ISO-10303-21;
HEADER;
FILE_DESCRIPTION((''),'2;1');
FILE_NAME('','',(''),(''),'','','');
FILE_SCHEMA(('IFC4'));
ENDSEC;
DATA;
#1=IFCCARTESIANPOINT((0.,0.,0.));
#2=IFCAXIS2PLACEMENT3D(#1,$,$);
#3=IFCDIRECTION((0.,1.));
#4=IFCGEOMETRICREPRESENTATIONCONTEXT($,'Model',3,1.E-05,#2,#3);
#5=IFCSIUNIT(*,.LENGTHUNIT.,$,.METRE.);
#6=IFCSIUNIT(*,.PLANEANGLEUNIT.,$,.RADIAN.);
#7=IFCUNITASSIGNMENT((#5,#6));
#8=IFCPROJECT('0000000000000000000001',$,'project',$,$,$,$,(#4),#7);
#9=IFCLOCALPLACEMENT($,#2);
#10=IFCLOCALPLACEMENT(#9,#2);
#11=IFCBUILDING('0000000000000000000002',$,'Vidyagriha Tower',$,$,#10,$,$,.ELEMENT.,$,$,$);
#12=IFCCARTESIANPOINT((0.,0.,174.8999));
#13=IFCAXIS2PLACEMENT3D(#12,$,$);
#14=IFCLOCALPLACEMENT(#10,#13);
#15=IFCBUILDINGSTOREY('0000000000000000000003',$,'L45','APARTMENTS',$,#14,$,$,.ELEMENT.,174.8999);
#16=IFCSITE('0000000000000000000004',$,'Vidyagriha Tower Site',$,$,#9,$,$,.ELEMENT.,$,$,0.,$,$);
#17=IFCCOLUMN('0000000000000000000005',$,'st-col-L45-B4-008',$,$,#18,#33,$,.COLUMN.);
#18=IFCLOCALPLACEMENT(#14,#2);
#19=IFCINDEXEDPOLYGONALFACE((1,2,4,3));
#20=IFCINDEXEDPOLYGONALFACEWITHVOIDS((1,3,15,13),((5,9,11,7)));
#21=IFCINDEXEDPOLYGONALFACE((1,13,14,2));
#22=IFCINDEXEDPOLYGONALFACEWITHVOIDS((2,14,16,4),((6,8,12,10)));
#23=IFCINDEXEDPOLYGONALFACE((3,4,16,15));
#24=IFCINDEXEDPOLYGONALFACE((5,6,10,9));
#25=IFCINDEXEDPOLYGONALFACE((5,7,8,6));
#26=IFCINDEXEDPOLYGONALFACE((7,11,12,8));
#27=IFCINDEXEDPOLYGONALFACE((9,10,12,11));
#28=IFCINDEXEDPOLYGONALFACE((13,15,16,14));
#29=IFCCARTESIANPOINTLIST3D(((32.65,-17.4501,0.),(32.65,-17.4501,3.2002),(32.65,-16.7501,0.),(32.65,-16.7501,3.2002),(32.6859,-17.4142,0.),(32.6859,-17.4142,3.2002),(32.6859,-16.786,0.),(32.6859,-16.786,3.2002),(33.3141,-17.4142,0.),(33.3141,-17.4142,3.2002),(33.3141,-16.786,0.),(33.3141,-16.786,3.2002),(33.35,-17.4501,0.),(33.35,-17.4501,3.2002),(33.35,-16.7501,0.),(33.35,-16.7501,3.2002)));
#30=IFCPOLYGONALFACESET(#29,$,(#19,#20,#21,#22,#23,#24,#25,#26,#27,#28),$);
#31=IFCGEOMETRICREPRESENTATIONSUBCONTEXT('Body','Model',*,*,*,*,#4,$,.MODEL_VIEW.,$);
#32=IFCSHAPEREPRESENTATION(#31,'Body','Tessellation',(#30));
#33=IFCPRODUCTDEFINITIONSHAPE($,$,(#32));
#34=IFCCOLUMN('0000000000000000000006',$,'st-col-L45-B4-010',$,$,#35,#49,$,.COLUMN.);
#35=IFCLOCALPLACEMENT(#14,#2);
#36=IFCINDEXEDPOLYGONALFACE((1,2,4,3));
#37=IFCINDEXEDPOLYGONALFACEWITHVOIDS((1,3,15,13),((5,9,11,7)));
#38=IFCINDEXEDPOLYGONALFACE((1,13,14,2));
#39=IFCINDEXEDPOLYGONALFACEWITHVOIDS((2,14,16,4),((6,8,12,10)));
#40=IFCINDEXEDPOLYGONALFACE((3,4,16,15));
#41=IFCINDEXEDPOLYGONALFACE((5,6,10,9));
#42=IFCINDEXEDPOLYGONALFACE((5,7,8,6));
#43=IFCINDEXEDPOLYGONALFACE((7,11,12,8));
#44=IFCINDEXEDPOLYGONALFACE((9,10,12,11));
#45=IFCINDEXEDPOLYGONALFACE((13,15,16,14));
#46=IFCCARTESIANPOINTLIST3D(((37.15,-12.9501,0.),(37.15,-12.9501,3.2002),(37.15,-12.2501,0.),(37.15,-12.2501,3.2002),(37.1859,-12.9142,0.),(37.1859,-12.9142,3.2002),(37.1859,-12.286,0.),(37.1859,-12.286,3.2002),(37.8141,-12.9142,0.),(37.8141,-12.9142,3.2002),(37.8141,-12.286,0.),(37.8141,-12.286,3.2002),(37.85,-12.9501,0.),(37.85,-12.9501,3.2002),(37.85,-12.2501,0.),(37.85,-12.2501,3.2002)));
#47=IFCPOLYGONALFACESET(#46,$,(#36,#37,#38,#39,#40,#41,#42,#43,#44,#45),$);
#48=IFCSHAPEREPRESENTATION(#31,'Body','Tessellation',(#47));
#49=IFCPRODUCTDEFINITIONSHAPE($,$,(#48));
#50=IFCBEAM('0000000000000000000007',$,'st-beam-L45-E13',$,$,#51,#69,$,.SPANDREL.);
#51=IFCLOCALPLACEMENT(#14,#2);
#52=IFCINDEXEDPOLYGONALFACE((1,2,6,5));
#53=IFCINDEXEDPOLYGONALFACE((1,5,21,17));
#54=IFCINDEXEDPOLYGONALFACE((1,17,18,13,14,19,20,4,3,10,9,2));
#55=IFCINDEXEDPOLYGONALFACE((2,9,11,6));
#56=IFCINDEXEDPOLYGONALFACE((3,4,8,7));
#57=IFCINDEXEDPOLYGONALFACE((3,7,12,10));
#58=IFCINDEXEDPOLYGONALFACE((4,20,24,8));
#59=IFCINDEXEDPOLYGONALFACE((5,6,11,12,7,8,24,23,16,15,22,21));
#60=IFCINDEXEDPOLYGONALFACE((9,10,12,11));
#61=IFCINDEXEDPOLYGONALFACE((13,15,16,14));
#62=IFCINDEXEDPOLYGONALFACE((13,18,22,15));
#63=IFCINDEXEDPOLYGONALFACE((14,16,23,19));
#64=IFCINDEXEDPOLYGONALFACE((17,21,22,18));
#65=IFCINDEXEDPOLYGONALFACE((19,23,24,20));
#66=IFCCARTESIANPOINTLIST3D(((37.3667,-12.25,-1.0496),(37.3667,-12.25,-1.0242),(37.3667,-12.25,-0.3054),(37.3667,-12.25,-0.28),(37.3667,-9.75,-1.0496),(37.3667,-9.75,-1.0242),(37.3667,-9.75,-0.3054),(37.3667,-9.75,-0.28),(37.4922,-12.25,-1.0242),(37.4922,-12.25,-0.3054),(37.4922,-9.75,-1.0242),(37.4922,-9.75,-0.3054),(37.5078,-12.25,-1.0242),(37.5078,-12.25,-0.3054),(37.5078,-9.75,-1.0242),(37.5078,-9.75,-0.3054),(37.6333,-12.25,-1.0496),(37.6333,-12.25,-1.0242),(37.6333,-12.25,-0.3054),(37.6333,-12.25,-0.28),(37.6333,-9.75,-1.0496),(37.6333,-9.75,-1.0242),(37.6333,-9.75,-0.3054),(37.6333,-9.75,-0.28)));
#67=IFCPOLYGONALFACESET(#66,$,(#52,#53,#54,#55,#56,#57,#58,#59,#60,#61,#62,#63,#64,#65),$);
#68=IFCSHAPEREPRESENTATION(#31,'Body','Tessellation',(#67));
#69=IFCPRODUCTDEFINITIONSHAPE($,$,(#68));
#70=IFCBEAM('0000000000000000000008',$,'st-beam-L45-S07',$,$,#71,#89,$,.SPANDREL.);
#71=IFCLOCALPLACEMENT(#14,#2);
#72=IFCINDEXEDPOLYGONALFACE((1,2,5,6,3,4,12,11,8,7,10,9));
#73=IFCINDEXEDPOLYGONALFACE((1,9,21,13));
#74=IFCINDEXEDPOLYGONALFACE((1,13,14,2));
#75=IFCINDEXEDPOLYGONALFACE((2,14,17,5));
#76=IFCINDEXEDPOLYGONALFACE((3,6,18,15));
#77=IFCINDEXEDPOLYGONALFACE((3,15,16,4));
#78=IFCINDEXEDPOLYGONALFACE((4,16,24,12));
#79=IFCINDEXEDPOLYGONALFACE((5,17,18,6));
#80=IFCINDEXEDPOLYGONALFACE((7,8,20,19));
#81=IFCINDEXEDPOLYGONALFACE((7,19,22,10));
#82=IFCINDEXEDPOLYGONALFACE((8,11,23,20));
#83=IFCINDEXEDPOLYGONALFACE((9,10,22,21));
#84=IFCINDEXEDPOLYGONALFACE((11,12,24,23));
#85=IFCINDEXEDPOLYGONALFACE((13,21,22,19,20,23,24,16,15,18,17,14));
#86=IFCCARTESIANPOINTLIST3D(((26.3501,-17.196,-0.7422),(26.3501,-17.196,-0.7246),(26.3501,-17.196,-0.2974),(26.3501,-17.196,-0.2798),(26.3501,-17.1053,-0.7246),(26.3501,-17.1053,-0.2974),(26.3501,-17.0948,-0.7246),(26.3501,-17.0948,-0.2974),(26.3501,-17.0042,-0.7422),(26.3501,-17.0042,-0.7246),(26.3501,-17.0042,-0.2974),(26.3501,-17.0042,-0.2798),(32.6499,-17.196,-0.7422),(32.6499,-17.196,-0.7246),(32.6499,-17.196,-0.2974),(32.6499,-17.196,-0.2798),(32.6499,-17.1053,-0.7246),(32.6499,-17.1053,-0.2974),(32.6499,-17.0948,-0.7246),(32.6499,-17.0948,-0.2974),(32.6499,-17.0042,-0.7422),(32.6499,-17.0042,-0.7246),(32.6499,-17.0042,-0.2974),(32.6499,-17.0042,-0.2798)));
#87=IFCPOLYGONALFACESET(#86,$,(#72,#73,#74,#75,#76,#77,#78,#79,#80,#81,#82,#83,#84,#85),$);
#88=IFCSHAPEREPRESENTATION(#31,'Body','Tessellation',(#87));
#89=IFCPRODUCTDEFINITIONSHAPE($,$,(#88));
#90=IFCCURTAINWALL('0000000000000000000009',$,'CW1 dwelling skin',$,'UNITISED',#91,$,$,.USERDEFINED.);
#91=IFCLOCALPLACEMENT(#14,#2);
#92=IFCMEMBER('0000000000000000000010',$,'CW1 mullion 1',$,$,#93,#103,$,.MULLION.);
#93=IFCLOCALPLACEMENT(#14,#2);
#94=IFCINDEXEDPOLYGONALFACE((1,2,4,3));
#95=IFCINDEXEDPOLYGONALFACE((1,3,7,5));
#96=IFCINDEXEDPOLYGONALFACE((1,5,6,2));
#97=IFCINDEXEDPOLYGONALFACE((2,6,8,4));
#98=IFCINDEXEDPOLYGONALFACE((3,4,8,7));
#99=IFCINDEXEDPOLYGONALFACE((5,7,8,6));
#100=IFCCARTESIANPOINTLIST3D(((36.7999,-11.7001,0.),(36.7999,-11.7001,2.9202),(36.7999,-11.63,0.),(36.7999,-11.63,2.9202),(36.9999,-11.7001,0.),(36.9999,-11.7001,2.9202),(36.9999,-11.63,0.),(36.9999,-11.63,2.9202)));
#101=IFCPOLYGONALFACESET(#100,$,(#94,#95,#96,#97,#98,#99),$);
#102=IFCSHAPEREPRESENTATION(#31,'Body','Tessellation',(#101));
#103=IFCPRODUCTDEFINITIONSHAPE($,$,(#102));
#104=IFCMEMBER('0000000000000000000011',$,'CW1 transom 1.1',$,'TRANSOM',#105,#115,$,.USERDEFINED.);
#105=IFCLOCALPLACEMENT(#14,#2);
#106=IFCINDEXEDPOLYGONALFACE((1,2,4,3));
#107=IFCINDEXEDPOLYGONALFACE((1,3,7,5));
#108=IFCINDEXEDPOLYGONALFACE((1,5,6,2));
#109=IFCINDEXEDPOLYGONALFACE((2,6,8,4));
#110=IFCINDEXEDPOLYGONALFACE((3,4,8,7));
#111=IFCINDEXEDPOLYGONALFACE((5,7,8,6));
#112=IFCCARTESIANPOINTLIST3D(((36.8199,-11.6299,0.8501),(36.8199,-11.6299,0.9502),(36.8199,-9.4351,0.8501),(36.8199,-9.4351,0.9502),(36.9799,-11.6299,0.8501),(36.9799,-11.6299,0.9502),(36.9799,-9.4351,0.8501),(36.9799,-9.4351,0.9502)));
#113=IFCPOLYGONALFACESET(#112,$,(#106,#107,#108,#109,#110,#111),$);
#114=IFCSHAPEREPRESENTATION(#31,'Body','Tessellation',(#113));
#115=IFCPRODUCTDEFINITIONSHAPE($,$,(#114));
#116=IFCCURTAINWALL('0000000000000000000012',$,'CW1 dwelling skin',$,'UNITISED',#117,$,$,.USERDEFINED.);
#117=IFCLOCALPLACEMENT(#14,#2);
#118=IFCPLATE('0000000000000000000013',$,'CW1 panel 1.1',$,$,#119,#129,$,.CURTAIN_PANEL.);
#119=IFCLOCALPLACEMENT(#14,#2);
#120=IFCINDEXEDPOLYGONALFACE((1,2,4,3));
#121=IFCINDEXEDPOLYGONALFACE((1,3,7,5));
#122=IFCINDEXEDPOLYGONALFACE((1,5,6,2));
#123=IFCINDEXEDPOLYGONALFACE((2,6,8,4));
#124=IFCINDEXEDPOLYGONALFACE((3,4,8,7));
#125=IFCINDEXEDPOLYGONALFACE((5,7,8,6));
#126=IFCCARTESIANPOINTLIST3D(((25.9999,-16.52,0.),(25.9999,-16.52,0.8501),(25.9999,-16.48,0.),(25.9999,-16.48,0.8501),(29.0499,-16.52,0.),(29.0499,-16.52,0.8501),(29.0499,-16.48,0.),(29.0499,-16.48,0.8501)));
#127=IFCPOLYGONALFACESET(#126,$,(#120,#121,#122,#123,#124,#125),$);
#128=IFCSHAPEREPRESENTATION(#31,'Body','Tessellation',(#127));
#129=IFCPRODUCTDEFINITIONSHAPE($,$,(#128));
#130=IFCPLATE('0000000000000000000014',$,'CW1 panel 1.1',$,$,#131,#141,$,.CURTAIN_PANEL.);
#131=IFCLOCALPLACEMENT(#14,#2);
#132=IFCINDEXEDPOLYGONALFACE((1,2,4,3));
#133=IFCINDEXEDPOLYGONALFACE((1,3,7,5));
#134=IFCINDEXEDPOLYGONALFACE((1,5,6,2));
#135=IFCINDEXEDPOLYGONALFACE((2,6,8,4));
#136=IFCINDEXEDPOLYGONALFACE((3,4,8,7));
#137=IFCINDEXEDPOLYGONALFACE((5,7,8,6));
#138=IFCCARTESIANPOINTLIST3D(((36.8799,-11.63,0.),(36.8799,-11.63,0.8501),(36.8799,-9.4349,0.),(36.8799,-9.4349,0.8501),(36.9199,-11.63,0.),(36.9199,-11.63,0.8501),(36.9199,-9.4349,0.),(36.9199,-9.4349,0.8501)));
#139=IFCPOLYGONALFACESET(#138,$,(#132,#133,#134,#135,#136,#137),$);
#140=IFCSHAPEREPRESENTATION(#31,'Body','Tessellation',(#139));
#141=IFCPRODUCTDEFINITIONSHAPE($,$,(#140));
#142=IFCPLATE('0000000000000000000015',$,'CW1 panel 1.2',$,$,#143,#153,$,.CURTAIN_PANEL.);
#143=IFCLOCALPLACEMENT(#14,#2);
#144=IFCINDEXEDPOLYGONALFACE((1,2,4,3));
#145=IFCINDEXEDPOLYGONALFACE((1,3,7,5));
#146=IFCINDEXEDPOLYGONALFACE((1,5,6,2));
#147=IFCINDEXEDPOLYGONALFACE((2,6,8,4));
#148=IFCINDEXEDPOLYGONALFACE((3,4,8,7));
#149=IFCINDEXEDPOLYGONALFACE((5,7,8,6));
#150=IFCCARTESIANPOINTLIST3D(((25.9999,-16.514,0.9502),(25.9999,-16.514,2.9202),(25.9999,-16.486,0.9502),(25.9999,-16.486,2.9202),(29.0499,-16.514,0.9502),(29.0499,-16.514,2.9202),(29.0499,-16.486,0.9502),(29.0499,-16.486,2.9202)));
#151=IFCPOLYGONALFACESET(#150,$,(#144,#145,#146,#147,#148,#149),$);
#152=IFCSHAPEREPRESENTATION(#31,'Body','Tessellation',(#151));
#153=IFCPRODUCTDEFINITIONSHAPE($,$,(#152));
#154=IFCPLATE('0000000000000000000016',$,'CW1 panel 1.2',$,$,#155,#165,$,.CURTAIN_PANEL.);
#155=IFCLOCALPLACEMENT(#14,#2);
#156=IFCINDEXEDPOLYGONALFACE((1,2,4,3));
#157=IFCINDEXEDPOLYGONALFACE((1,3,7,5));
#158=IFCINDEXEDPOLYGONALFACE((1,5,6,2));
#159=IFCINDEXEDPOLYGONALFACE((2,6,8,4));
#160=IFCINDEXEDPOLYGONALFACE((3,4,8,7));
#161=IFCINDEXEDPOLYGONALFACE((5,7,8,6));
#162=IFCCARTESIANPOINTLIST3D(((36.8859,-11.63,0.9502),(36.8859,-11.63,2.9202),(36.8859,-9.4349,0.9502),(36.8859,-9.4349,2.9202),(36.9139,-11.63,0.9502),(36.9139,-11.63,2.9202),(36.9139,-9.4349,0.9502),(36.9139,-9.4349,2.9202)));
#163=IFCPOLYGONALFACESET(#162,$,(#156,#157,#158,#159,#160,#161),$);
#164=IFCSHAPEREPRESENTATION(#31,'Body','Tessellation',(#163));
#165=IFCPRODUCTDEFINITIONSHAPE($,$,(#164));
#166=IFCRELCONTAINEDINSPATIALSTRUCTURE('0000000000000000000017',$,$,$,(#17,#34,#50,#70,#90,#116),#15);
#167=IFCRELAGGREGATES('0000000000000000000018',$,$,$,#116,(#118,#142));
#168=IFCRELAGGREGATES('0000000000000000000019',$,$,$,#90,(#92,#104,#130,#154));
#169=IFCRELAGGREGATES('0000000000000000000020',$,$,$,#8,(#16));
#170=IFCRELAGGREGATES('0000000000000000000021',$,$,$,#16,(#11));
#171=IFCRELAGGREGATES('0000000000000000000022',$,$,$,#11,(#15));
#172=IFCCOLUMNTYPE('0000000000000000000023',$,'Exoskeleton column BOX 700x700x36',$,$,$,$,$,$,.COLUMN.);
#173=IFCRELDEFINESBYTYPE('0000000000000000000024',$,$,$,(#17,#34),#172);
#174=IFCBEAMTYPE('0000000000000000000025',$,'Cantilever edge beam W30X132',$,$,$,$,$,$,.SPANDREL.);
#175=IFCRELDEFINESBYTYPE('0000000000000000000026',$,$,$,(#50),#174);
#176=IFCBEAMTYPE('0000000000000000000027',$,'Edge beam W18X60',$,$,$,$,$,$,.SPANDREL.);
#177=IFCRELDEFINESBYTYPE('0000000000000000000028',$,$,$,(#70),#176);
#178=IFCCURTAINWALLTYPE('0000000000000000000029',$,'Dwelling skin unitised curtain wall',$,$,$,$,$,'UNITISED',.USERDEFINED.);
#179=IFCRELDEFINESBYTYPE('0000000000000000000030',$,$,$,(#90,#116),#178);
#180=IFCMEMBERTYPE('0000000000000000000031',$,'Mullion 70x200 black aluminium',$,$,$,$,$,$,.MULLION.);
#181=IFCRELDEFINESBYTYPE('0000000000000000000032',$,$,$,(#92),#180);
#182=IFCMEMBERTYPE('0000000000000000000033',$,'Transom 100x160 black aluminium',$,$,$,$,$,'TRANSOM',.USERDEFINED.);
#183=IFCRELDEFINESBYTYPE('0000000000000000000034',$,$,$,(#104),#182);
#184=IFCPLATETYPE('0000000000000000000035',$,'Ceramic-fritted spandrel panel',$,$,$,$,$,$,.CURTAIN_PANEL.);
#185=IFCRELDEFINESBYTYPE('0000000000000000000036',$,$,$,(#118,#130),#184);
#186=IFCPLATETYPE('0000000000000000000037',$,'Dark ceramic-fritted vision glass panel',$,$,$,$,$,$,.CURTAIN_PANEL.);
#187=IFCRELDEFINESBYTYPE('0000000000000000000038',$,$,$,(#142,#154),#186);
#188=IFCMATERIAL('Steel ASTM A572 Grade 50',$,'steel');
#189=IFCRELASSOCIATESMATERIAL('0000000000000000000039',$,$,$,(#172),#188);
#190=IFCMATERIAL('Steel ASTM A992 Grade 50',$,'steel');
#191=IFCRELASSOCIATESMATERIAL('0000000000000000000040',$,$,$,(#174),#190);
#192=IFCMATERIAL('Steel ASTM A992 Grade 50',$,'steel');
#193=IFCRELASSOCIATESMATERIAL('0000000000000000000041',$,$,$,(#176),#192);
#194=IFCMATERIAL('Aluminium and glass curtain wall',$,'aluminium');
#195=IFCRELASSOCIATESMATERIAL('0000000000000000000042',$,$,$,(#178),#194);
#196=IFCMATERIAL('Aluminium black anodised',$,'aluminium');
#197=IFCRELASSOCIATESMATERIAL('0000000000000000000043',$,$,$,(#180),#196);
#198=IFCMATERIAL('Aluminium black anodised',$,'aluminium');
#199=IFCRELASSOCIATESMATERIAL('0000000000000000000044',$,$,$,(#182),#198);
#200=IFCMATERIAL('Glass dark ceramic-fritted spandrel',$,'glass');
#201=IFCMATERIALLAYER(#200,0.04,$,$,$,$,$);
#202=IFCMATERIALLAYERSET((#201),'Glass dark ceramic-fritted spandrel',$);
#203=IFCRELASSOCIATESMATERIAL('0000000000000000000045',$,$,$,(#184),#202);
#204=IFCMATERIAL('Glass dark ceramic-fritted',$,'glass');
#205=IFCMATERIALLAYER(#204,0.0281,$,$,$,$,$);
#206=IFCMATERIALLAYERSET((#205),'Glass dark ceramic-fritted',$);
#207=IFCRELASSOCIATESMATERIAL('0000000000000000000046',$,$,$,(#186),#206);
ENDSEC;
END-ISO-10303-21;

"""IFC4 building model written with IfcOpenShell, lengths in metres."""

from ifc_helpers import new_model, si_unit, direction, frame, origin, origin_2d, place, context, subcontext, project, spatial, rectangle, hollow_rectangle, i_section, extrude, material, layer, layer_set, material_profile, profile_set, type_object, element, aggregate, save


model = new_model("IFC4")

# Units and contexts
model_context = context("Model", 3, precision=1e-05, world=origin(), true_north=direction((0.0, 1.0)))
body_context = subcontext(model_context, "Body", "Model", "MODEL_VIEW")
ifc_project = project(units=[si_unit("LENGTHUNIT", "METRE"), si_unit("PLANEANGLEUNIT", "RADIAN")], contexts=[model_context])

# Site, building, storey
site_placement = place(None, origin())
site = spatial("IfcSite", under=ifc_project, at=site_placement, Name="Vidyagriha Tower Site", CompositionType="ELEMENT", RefElevation=0.0)
building_placement = place(site_placement, origin())
building = spatial("IfcBuilding", under=site, at=building_placement, Name="Vidyagriha Tower", CompositionType="ELEMENT")
storey_placement = place(building_placement, frame((0.0, 0.0, 174.8999)))
storey = spatial("IfcBuildingStorey", under=building, at=storey_placement, Name="L45", Description="APARTMENTS", CompositionType="ELEMENT", Elevation=174.8999)

# Columns
ifc_material_1 = material(Name="Steel ASTM A572 Grade 50", Category="steel")
ifc_material_profile_1 = material_profile(ifc_material_1, hollow_rectangle(XDim=0.7, YDim=0.7, WallThickness=0.0359, at=origin_2d()), Name="BOX 700x700x36")
ifc_profile_set_1 = profile_set([ifc_material_profile_1], Name="Steel ASTM A572 Grade 50")
column_type = type_object("IfcColumnType", Name="Exoskeleton column BOX 700x700x36", PredefinedType="COLUMN", material=ifc_profile_set_1)
for number, where, name in (
    (1, (33.0, -17.1001, 0.0), "st-col-L45-B4-008"),
    (2, (37.5, -12.6001, 0.0), "st-col-L45-B4-010"),
):
    element("IfcColumn", number, at=place(storey_placement, frame(where)), inside=storey, type_object=column_type, Name=name, PredefinedType="COLUMN", context=body_context, shape_type="SweptSolid", body=[
        extrude(hollow_rectangle(XDim=0.7, YDim=0.7, WallThickness=0.0359, at=origin_2d()), origin(), (0.0, 0.0, 1.0), 3.2002),
    ])

# Beams
ifc_material_2 = material(Name="Steel ASTM A992 Grade 50", Category="steel")
ifc_material_profile_2 = material_profile(ifc_material_2, i_section(OverallWidth=0.2666, OverallDepth=0.7695, WebThickness=0.0156, FlangeThickness=0.0254, at=origin_2d()), Name="W30X132")
ifc_profile_set_2 = profile_set([ifc_material_profile_2], Name="Steel ASTM A992 Grade 50")
beam_type_1 = type_object("IfcBeamType", Name="Cantilever edge beam W30X132", PredefinedType="SPANDREL", material=ifc_profile_set_2)
beam_1_placement = place(storey_placement, frame((37.5, -12.25, -0.6648), z_axis=(0.0, 1.0, 0.0), x_axis=(-1.0, 0.0, 0.0)))
element("IfcBeam", 3, at=beam_1_placement, inside=storey, type_object=beam_type_1, Name="st-beam-L45-E13", PredefinedType="SPANDREL", context=body_context, shape_type="SweptSolid", body=[
    extrude(i_section(OverallWidth=0.2666, OverallDepth=0.7695, WebThickness=0.0156, FlangeThickness=0.0254, at=origin_2d()), origin(), (0.0, 0.0, 1.0), 2.5),
])
ifc_material_3 = material(Name="Steel ASTM A992 Grade 50", Category="steel")
ifc_material_profile_3 = material_profile(ifc_material_3, i_section(OverallWidth=0.1919, OverallDepth=0.4624, WebThickness=0.0105, FlangeThickness=0.0176, at=origin_2d()), Name="W18X60")
ifc_profile_set_3 = profile_set([ifc_material_profile_3], Name="Steel ASTM A992 Grade 50")
beam_type_2 = type_object("IfcBeamType", Name="Edge beam W18X60", PredefinedType="SPANDREL", material=ifc_profile_set_3)
beam_2_placement = place(storey_placement, frame((26.3501, -17.1001, -0.511), z_axis=(1.0, 0.0, 0.0), x_axis=(0.0, 1.0, 0.0)))
element("IfcBeam", 4, at=beam_2_placement, inside=storey, type_object=beam_type_2, Name="st-beam-L45-S07", PredefinedType="SPANDREL", context=body_context, shape_type="SweptSolid", body=[
    extrude(i_section(OverallWidth=0.1919, OverallDepth=0.4624, WebThickness=0.0105, FlangeThickness=0.0176, at=origin_2d()), origin(), (0.0, 0.0, 1.0), 6.2998),
])

# Curtain wall, members
ifc_material_4 = material(Name="Aluminium and glass curtain wall", Category="aluminium")
curtain_wall_type = type_object("IfcCurtainWallType", Name="Dwelling skin unitised curtain wall", ElementType="UNITISED", PredefinedType="USERDEFINED", material=ifc_material_4)
curtain_wall_1_placement = place(storey_placement, origin())
curtain_wall_1 = element("IfcCurtainWall", 5, at=curtain_wall_1_placement, inside=storey, type_object=curtain_wall_type, Name="CW1 dwelling skin", ObjectType="UNITISED", PredefinedType="USERDEFINED")
ifc_material_5 = material(Name="Aluminium black anodised", Category="aluminium")
ifc_material_profile_4 = material_profile(ifc_material_5, rectangle(XDim=0.2, YDim=0.0701, at=origin_2d()), Name="Mullion 70x200 black aluminium")
ifc_profile_set_4 = profile_set([ifc_material_profile_4], Name="Aluminium black anodised")
member_type_1 = type_object("IfcMemberType", Name="Mullion 70x200 black aluminium", PredefinedType="MULLION", material=ifc_profile_set_4)
member_1_placement = place(storey_placement, frame((36.8999, -11.665, 0.0), z_axis=(0.0, 0.0, 1.0), x_axis=(-1.0, 0.0, 0.0)))
member_1 = element("IfcMember", 6, at=member_1_placement, type_object=member_type_1, Name="CW1 mullion 1", PredefinedType="MULLION", context=body_context, shape_type="SweptSolid", body=[
    extrude(rectangle(XDim=0.2, YDim=0.0701, at=origin_2d()), origin(), (0.0, 0.0, 1.0), 2.9202),
])
ifc_material_6 = material(Name="Aluminium black anodised", Category="aluminium")
ifc_material_profile_5 = material_profile(ifc_material_6, rectangle(XDim=0.1599, YDim=0.1001, at=origin_2d()), Name="Transom 100x160 black aluminium")
ifc_profile_set_5 = profile_set([ifc_material_profile_5], Name="Aluminium black anodised")
member_type_2 = type_object("IfcMemberType", Name="Transom 100x160 black aluminium", ElementType="TRANSOM", PredefinedType="USERDEFINED", material=ifc_profile_set_5)
member_2_placement = place(storey_placement, frame((36.8999, -11.6299, 0.9001), z_axis=(0.0, 1.0, 0.0), x_axis=(-1.0, 0.0, 0.0)))
member_2 = element("IfcMember", 7, at=member_2_placement, type_object=member_type_2, Name="CW1 transom 1.1", ObjectType="TRANSOM", PredefinedType="USERDEFINED", context=body_context, shape_type="SweptSolid", body=[
    extrude(rectangle(XDim=0.1599, YDim=0.1001, at=origin_2d()), origin(), (0.0, 0.0, 1.0), 2.1948),
])

# Curtain wall, plate
curtain_wall_2_placement = place(storey_placement, origin())
curtain_wall_2 = element("IfcCurtainWall", 8, at=curtain_wall_2_placement, inside=storey, type_object=curtain_wall_type, Name="CW1 dwelling skin", ObjectType="UNITISED", PredefinedType="USERDEFINED")
ifc_material_7 = material(Name="Glass dark ceramic-fritted spandrel", Category="glass")
ifc_layer_1 = layer(ifc_material_7, 0.04)
ifc_layer_set_1 = layer_set([ifc_layer_1], Name="Glass dark ceramic-fritted spandrel")
plate_type_1 = type_object("IfcPlateType", Name="Ceramic-fritted spandrel panel", PredefinedType="CURTAIN_PANEL", material=ifc_layer_set_1)
plate_1_placement = place(storey_placement, frame((27.5249, -16.5, 0.0)))
plate_1 = element("IfcPlate", 9, at=plate_1_placement, type_object=plate_type_1, Name="CW1 panel 1.1", PredefinedType="CURTAIN_PANEL", context=body_context, shape_type="SweptSolid", body=[
    extrude(rectangle(XDim=3.05, YDim=0.04, at=origin_2d()), origin(), (0.0, 0.0, 1.0), 0.8501),
])

# Plates
plate_2_placement = place(storey_placement, frame((36.8999, -10.5325, 0.0), z_axis=(0.0, 0.0, 1.0), x_axis=(0.0, 1.0, 0.0)))
plate_2 = element("IfcPlate", 10, at=plate_2_placement, type_object=plate_type_1, Name="CW1 panel 1.1", PredefinedType="CURTAIN_PANEL", context=body_context, shape_type="SweptSolid", body=[
    extrude(rectangle(XDim=2.1951, YDim=0.04, at=origin_2d()), origin(), (0.0, 0.0, 1.0), 0.8501),
])
ifc_material_8 = material(Name="Glass dark ceramic-fritted", Category="glass")
ifc_layer_2 = layer(ifc_material_8, 0.0281)
ifc_layer_set_2 = layer_set([ifc_layer_2], Name="Glass dark ceramic-fritted")
plate_type_2 = type_object("IfcPlateType", Name="Dark ceramic-fritted vision glass panel", PredefinedType="CURTAIN_PANEL", material=ifc_layer_set_2)
plate_3_placement = place(storey_placement, frame((27.5249, -16.5, 0.9502)))
plate_3 = element("IfcPlate", 11, at=plate_3_placement, type_object=plate_type_2, Name="CW1 panel 1.2", PredefinedType="CURTAIN_PANEL", context=body_context, shape_type="SweptSolid", body=[
    extrude(rectangle(XDim=3.05, YDim=0.0281, at=origin_2d()), origin(), (0.0, 0.0, 1.0), 1.97),
])
aggregate(curtain_wall_2, [plate_1, plate_3])
plate_4_placement = place(storey_placement, frame((36.8999, -10.5325, 0.9502), z_axis=(0.0, 0.0, 1.0), x_axis=(0.0, 1.0, 0.0)))
plate_4 = element("IfcPlate", 12, at=plate_4_placement, type_object=plate_type_2, Name="CW1 panel 1.2", PredefinedType="CURTAIN_PANEL", context=body_context, shape_type="SweptSolid", body=[
    extrude(rectangle(XDim=2.1951, YDim=0.0281, at=origin_2d()), origin(), (0.0, 0.0, 1.0), 1.97),
])
aggregate(curtain_wall_1, [member_1, member_2, plate_2, plate_4])

save(model, "model.ifc")
